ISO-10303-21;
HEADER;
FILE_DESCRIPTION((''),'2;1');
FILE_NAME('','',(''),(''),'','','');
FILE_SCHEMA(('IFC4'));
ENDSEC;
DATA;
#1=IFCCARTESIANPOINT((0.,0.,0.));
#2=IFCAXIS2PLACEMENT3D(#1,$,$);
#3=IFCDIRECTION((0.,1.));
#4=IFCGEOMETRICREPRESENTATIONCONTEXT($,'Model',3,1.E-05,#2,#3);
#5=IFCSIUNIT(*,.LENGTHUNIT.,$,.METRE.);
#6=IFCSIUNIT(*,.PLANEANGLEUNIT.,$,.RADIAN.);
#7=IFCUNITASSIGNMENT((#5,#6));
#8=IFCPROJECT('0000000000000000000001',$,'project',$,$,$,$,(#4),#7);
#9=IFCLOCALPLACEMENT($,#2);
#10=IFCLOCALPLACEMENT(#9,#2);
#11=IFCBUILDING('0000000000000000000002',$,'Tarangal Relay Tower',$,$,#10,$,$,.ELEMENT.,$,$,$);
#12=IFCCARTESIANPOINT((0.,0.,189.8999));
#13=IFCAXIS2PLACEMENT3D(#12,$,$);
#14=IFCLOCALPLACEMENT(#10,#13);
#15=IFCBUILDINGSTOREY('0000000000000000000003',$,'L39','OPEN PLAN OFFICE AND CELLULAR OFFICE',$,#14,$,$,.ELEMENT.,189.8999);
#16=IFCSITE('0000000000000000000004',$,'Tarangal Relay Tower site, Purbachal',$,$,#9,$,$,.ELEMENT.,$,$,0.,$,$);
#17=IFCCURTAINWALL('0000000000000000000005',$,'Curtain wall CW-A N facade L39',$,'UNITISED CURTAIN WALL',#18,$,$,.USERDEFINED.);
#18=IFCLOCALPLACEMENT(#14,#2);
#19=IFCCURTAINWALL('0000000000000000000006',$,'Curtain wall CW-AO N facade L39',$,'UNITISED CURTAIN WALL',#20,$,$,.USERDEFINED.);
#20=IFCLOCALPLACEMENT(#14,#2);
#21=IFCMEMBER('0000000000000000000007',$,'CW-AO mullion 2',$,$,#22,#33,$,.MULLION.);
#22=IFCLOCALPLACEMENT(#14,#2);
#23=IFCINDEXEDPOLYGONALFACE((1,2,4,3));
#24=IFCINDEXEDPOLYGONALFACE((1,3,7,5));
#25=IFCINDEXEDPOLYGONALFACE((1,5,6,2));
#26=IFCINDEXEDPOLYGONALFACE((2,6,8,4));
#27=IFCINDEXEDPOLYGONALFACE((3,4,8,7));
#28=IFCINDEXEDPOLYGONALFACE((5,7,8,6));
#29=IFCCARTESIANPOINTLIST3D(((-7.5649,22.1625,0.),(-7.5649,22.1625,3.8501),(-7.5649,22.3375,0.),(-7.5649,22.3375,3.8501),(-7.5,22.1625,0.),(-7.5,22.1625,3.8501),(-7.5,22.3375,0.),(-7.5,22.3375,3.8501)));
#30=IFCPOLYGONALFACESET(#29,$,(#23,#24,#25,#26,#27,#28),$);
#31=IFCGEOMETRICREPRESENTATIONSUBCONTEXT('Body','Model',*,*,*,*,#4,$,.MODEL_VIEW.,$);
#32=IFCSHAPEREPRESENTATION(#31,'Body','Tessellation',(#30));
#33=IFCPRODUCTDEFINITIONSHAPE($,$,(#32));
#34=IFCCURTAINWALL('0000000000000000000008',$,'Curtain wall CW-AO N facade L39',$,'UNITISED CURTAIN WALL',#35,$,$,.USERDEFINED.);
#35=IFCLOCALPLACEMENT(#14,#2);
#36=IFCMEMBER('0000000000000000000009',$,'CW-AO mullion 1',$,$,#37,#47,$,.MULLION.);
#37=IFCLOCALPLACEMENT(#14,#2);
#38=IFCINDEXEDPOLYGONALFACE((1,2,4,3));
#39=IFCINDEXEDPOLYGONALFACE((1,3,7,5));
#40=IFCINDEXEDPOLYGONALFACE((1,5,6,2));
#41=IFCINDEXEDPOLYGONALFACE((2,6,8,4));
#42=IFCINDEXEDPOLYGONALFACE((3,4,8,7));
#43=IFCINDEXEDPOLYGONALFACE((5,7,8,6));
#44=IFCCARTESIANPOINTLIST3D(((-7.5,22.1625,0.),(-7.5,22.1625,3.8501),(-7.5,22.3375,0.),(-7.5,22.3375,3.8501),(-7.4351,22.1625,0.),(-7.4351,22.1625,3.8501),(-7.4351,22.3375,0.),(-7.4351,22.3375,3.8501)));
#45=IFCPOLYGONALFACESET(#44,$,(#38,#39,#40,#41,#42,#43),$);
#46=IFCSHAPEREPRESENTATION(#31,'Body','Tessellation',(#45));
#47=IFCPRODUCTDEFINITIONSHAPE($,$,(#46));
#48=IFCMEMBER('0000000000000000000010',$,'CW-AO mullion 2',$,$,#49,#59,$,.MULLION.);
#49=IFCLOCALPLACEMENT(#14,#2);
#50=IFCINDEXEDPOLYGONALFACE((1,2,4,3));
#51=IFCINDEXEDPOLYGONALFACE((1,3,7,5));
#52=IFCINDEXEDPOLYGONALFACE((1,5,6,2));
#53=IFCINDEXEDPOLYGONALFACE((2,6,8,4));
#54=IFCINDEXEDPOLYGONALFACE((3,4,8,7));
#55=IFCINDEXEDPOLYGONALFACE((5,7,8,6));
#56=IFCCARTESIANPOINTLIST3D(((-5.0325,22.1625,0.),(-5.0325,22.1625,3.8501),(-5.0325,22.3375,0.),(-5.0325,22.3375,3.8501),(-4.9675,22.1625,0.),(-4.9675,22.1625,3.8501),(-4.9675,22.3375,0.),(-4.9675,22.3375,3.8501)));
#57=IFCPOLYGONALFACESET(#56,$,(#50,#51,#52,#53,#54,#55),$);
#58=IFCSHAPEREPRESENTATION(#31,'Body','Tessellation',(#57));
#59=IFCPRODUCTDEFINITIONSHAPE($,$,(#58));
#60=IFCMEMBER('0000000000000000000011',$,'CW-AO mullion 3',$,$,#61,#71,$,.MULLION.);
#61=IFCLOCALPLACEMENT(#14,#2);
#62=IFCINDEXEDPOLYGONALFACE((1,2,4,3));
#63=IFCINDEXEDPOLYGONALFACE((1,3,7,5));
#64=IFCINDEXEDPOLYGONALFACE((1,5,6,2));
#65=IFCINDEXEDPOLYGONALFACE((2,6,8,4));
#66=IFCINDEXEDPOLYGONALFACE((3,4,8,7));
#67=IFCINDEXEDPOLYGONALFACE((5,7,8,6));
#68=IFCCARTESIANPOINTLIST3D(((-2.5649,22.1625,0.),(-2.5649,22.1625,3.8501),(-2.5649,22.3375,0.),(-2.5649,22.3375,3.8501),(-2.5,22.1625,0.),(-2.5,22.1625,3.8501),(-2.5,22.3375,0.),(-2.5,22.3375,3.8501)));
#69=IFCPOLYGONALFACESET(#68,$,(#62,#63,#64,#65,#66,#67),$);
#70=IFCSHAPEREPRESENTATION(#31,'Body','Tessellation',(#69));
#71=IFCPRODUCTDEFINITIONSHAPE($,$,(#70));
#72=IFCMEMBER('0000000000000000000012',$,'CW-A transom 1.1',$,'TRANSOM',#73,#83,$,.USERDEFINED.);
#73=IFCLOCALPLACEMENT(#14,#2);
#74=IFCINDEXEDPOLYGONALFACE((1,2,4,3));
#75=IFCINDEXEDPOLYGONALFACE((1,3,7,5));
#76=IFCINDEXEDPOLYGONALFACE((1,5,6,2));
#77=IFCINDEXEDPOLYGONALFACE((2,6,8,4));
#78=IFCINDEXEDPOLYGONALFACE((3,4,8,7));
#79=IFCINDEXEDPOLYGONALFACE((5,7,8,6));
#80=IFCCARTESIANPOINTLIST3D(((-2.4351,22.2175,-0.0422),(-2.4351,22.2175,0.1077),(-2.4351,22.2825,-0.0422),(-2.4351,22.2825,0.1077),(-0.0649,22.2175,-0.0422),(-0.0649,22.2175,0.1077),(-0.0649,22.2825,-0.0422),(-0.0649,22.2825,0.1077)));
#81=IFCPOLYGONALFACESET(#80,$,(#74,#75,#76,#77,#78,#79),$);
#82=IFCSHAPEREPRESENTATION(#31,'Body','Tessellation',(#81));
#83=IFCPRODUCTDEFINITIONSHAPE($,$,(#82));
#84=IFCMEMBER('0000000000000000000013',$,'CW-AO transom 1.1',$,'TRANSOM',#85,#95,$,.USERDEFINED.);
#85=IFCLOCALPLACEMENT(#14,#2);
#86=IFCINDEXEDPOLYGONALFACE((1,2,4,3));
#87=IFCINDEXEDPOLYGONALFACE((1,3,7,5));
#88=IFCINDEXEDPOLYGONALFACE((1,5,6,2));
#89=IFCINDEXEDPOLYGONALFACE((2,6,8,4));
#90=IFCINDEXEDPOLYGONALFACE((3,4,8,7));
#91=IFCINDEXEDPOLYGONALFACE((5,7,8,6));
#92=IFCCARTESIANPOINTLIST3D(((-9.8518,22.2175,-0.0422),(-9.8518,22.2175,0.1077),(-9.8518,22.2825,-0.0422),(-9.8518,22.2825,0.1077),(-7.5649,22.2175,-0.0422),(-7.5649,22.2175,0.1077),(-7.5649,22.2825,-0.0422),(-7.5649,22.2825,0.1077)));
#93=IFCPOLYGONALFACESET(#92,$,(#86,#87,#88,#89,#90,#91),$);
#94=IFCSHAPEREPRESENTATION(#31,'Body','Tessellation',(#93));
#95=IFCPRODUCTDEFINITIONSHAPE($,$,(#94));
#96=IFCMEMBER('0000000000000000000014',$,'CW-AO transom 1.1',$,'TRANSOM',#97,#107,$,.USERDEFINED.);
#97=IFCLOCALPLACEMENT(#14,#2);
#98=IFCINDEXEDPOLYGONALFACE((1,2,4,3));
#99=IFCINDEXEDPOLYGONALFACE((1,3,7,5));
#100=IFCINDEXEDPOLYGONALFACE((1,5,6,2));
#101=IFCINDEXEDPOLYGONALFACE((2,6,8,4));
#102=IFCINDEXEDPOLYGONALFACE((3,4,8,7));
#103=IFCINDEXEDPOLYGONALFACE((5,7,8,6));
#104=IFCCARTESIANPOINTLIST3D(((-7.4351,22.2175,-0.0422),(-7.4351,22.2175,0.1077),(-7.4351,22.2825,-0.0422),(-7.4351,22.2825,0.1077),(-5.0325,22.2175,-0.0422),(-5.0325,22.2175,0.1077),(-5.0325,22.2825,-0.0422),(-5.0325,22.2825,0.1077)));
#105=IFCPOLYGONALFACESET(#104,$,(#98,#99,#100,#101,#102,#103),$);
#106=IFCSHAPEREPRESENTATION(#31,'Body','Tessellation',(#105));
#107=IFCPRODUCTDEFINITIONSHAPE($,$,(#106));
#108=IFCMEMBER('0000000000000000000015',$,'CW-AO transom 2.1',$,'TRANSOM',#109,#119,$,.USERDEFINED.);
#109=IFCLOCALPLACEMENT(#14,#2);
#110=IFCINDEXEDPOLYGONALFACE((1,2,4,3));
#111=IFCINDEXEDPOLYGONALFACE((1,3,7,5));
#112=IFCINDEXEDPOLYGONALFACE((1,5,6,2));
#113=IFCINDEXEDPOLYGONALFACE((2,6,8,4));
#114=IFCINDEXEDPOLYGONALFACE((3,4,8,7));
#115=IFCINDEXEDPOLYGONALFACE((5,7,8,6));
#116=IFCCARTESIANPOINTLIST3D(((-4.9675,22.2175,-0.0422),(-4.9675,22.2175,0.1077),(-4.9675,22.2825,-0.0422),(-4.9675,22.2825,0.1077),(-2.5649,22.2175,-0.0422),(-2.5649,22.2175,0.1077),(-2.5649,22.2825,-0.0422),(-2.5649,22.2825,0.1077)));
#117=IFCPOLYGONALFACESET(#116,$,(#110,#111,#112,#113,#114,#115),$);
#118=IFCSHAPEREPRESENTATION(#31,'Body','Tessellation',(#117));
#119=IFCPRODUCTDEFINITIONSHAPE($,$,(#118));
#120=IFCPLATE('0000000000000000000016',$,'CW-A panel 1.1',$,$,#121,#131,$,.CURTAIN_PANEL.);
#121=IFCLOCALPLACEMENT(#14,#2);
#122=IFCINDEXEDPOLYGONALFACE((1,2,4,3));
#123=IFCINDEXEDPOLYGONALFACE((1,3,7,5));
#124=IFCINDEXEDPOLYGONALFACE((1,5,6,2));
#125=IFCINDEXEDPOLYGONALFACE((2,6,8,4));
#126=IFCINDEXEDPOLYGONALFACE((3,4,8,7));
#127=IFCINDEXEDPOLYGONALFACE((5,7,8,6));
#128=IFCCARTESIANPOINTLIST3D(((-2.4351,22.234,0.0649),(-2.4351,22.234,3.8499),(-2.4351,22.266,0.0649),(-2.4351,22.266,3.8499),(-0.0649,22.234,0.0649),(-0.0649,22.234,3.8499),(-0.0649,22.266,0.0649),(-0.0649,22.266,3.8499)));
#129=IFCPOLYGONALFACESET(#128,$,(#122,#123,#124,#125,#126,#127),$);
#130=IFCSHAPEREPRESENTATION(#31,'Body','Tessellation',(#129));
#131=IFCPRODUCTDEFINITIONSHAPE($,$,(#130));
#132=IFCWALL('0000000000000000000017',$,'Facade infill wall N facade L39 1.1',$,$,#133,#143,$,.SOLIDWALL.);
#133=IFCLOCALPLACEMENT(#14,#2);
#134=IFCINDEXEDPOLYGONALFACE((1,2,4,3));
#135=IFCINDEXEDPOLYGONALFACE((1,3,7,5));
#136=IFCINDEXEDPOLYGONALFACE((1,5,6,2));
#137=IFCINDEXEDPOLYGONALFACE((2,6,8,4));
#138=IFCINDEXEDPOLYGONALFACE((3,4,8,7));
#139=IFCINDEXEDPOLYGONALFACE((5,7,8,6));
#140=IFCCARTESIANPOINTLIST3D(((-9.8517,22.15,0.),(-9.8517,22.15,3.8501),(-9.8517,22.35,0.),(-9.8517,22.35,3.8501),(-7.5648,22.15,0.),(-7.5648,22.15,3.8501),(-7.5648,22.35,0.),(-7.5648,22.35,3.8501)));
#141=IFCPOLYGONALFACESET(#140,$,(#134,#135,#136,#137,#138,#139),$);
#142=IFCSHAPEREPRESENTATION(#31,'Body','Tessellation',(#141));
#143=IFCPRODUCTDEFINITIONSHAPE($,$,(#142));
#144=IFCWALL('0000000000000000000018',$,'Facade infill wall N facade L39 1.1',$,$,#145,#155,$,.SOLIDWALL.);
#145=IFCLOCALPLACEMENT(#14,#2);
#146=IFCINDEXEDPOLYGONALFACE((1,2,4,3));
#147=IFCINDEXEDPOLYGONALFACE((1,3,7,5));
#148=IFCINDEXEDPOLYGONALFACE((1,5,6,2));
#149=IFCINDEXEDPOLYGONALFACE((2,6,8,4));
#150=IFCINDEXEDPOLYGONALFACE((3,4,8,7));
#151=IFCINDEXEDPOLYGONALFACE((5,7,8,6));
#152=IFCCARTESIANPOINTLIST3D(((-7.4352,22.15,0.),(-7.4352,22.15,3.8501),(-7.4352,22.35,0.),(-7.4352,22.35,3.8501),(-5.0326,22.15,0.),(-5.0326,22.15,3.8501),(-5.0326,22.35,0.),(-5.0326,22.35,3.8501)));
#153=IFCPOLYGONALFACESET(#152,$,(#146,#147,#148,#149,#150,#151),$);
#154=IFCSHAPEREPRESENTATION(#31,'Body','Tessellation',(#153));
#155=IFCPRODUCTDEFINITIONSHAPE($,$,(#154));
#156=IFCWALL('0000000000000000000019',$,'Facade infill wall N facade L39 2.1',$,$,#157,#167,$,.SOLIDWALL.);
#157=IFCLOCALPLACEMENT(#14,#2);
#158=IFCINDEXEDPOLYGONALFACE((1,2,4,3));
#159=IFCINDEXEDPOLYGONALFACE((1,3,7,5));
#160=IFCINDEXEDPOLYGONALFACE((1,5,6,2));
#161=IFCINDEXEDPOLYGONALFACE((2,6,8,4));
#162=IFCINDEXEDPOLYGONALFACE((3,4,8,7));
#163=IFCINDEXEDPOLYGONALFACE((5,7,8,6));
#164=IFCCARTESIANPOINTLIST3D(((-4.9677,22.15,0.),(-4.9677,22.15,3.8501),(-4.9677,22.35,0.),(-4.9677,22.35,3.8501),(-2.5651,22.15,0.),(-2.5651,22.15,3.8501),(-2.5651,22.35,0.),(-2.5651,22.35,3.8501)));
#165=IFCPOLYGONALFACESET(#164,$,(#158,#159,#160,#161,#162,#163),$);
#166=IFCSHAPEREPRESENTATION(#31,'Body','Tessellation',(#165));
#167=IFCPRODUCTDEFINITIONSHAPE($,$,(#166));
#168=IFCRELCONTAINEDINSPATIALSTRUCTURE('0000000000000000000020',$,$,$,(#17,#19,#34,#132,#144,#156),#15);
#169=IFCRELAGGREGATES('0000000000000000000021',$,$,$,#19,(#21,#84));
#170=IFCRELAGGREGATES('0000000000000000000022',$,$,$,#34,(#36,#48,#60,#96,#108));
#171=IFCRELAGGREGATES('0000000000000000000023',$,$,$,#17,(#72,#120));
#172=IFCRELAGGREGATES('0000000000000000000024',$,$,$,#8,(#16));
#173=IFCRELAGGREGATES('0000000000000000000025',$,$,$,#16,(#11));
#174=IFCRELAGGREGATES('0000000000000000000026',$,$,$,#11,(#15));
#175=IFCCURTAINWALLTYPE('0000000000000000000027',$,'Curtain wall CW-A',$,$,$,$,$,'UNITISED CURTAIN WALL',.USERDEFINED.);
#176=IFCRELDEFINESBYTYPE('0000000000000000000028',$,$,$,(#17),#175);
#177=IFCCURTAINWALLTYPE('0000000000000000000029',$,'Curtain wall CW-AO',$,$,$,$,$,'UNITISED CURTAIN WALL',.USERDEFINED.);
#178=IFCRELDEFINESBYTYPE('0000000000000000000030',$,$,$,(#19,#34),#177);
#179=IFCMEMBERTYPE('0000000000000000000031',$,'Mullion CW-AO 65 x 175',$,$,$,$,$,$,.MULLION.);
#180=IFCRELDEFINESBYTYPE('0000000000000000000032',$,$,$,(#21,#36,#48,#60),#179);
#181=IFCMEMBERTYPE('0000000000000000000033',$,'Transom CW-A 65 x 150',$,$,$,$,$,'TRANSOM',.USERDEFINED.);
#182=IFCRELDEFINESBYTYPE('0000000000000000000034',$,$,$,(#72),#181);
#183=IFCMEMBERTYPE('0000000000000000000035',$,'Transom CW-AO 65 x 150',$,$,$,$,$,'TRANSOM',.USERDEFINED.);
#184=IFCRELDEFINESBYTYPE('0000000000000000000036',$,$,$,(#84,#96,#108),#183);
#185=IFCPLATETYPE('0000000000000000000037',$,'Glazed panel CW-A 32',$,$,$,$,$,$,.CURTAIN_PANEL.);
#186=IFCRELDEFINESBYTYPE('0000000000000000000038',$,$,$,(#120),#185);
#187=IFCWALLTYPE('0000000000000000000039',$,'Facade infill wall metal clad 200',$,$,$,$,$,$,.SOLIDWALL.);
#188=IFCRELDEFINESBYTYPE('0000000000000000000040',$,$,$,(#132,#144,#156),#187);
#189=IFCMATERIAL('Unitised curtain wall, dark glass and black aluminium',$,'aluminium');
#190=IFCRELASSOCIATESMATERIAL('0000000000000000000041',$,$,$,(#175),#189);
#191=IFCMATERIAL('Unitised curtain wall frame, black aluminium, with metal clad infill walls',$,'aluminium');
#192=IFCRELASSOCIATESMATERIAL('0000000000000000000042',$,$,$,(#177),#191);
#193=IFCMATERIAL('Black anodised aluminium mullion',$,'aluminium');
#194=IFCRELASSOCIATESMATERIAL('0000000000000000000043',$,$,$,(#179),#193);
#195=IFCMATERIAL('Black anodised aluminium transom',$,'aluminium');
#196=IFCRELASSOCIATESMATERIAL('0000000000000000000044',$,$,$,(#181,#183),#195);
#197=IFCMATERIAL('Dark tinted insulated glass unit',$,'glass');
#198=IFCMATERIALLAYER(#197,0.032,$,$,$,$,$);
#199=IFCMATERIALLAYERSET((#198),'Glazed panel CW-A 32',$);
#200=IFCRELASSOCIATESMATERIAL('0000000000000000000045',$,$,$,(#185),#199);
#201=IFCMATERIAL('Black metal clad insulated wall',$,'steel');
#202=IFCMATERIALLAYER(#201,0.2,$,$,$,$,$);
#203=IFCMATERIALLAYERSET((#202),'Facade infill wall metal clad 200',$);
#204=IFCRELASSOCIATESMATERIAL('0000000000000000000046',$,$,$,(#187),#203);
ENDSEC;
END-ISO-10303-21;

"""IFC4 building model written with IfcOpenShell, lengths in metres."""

from ifc_helpers import new_model, si_unit, direction, frame, frame_2d, origin, origin_2d, place, context, subcontext, project, spatial, rectangle, extrude, material, layer, layer_set, material_profile, profile_set, type_object, element, aggregate, save


model = new_model("IFC4")

# Units and contexts
model_context = context("Model", 3, precision=1e-05, world=origin(), true_north=direction((0.0, 1.0)))
body_context = subcontext(model_context, "Body", "Model", "MODEL_VIEW")
ifc_project = project(units=[si_unit("LENGTHUNIT", "METRE"), si_unit("PLANEANGLEUNIT", "RADIAN")], contexts=[model_context])

# Site, building, storey
site_placement = place(None, origin())
site = spatial("IfcSite", under=ifc_project, at=site_placement, Name="Tarangal Relay Tower site, Purbachal", CompositionType="ELEMENT", RefElevation=0.0)
building_placement = place(site_placement, origin())
building = spatial("IfcBuilding", under=site, at=building_placement, Name="Tarangal Relay Tower", CompositionType="ELEMENT")
storey_placement = place(building_placement, frame((0.0, 0.0, 189.8999)))
storey = spatial("IfcBuildingStorey", under=building, at=storey_placement, Name="L39", Description="OPEN PLAN OFFICE AND CELLULAR OFFICE", CompositionType="ELEMENT", Elevation=189.8999)

# Shared definitions
ifc_material_1 = material(Name="Unitised curtain wall, dark glass and black aluminium", Category="aluminium")
curtain_wall_type_1 = type_object("IfcCurtainWallType", Name="Curtain wall CW-A", ElementType="UNITISED CURTAIN WALL", PredefinedType="USERDEFINED", material=ifc_material_1)
ifc_material_2 = material(Name="Black anodised aluminium mullion", Category="aluminium")

# Curtain walls, members
curtain_wall_1_placement = place(storey_placement, origin())
curtain_wall_1 = element("IfcCurtainWall", 1, at=curtain_wall_1_placement, inside=storey, type_object=curtain_wall_type_1, Name="Curtain wall CW-A N facade L39", ObjectType="UNITISED CURTAIN WALL", PredefinedType="USERDEFINED")
ifc_material_3 = material(Name="Unitised curtain wall frame, black aluminium, with metal clad infill walls", Category="aluminium")
curtain_wall_type_2 = type_object("IfcCurtainWallType", Name="Curtain wall CW-AO", ElementType="UNITISED CURTAIN WALL", PredefinedType="USERDEFINED", material=ifc_material_3)
curtain_wall_2_placement = place(storey_placement, origin())
curtain_wall_2 = element("IfcCurtainWall", 2, at=curtain_wall_2_placement, inside=storey, type_object=curtain_wall_type_2, Name="Curtain wall CW-AO N facade L39", ObjectType="UNITISED CURTAIN WALL", PredefinedType="USERDEFINED")
ifc_material_profile_1 = material_profile(ifc_material_2, rectangle(XDim=0.175, YDim=0.0649, at=origin_2d()), Name="CW-AOM 65X175")
ifc_profile_set_1 = profile_set([ifc_material_profile_1], Name="Black anodised aluminium mullion")
member_type_1 = type_object("IfcMemberType", Name="Mullion CW-AO 65 x 175", PredefinedType="MULLION", material=ifc_profile_set_1)
member_1_placement = place(storey_placement, frame((-7.5325, 22.25, 0.0), z_axis=(0.0, 0.0, 1.0), x_axis=(0.0, 1.0, 0.0)))
member_1 = element("IfcMember", 3, at=member_1_placement, type_object=member_type_1, Name="CW-AO mullion 2", PredefinedType="MULLION", context=body_context, shape_type="SweptSolid", body=[
    extrude(rectangle(XDim=0.175, YDim=0.0649, at=origin_2d()), origin(), (0.0, 0.0, 1.0), 3.8501),
])
curtain_wall_3_placement = place(storey_placement, origin())
curtain_wall_3 = element("IfcCurtainWall", 4, at=curtain_wall_3_placement, inside=storey, type_object=curtain_wall_type_2, Name="Curtain wall CW-AO N facade L39", ObjectType="UNITISED CURTAIN WALL", PredefinedType="USERDEFINED")
member_2_placement = place(storey_placement, frame((-7.4675, 22.25, 0.0), z_axis=(0.0, 0.0, 1.0), x_axis=(0.0, 1.0, 0.0)))
member_2 = element("IfcMember", 5, at=member_2_placement, type_object=member_type_1, Name="CW-AO mullion 1", PredefinedType="MULLION", context=body_context, shape_type="SweptSolid", body=[
    extrude(rectangle(XDim=0.175, YDim=0.0649, at=origin_2d()), origin(), (0.0, 0.0, 1.0), 3.8501),
])
member_3_placement = place(storey_placement, frame((-5.0, 22.25, 0.0), z_axis=(0.0, 0.0, 1.0), x_axis=(0.0, 1.0, 0.0)))
member_3 = element("IfcMember", 6, at=member_3_placement, type_object=member_type_1, Name="CW-AO mullion 2", PredefinedType="MULLION", context=body_context, shape_type="SweptSolid", body=[
    extrude(rectangle(XDim=0.175, YDim=0.0649, at=origin_2d()), origin(), (0.0, 0.0, 1.0), 3.8501),
])
member_4_placement = place(storey_placement, frame((-2.5325, 22.25, 0.0), z_axis=(0.0, 0.0, 1.0), x_axis=(0.0, 1.0, 0.0)))
member_4 = element("IfcMember", 7, at=member_4_placement, type_object=member_type_1, Name="CW-AO mullion 3", PredefinedType="MULLION", context=body_context, shape_type="SweptSolid", body=[
    extrude(rectangle(XDim=0.175, YDim=0.0649, at=origin_2d()), origin(), (0.0, 0.0, 1.0), 3.8501),
])

# Members
ifc_material_4 = material(Name="Black anodised aluminium transom", Category="aluminium")
ifc_material_profile_2 = material_profile(ifc_material_4, rectangle(XDim=0.0649, YDim=0.1499, at=origin_2d()), Name="CW-AT 65X150")
ifc_profile_set_2 = profile_set([ifc_material_profile_2], Name="Black anodised aluminium transom")
member_type_2 = type_object("IfcMemberType", Name="Transom CW-A 65 x 150", ElementType="TRANSOM", PredefinedType="USERDEFINED", material=ifc_profile_set_2)
member_5_placement = place(storey_placement, frame((-2.4351, 22.25, 0.0327), z_axis=(1.0, 0.0, 0.0), x_axis=(0.0, 1.0, 0.0)))
member_5 = element("IfcMember", 8, at=member_5_placement, type_object=member_type_2, Name="CW-A transom 1.1", ObjectType="TRANSOM", PredefinedType="USERDEFINED", context=body_context, shape_type="SweptSolid", body=[
    extrude(rectangle(XDim=0.0649, YDim=0.1499, at=origin_2d()), origin(), (0.0, 0.0, 1.0), 2.3701),
])
ifc_material_profile_3 = material_profile(ifc_material_4, rectangle(XDim=0.0649, YDim=0.1499, at=origin_2d()), Name="CW-AOT 65X150")
ifc_profile_set_3 = profile_set([ifc_material_profile_3], Name="Black anodised aluminium transom")
member_type_3 = type_object("IfcMemberType", Name="Transom CW-AO 65 x 150", ElementType="TRANSOM", PredefinedType="USERDEFINED", material=ifc_profile_set_3)
member_6_placement = place(storey_placement, frame((-9.8518, 22.25, 0.0327), z_axis=(1.0, 0.0, 0.0), x_axis=(0.0, 1.0, 0.0)))
member_6 = element("IfcMember", 9, at=member_6_placement, type_object=member_type_3, Name="CW-AO transom 1.1", ObjectType="TRANSOM", PredefinedType="USERDEFINED", context=body_context, shape_type="SweptSolid", body=[
    extrude(rectangle(XDim=0.0649, YDim=0.1499, at=origin_2d()), origin(), (0.0, 0.0, 1.0), 2.2869),
])
aggregate(curtain_wall_2, [member_1, member_6])
member_7_placement = place(storey_placement, frame((-7.4351, 22.25, 0.0327), z_axis=(1.0, 0.0, 0.0), x_axis=(0.0, 1.0, 0.0)))
member_7 = element("IfcMember", 10, at=member_7_placement, type_object=member_type_3, Name="CW-AO transom 1.1", ObjectType="TRANSOM", PredefinedType="USERDEFINED", context=body_context, shape_type="SweptSolid", body=[
    extrude(rectangle(XDim=0.0649, YDim=0.1499, at=origin_2d()), origin(), (0.0, 0.0, 1.0), 2.4026),
])
member_8_placement = place(storey_placement, frame((-4.9675, 22.25, 0.0327), z_axis=(1.0, 0.0, 0.0), x_axis=(0.0, 1.0, 0.0)))
member_8 = element("IfcMember", 11, at=member_8_placement, type_object=member_type_3, Name="CW-AO transom 2.1", ObjectType="TRANSOM", PredefinedType="USERDEFINED", context=body_context, shape_type="SweptSolid", body=[
    extrude(rectangle(XDim=0.0649, YDim=0.1499, at=origin_2d()), origin(), (0.0, 0.0, 1.0), 2.4026),
])
aggregate(curtain_wall_3, [member_2, member_3, member_4, member_7, member_8])

# Plate
ifc_material_5 = material(Name="Dark tinted insulated glass unit", Category="glass")
ifc_layer_1 = layer(ifc_material_5, 0.032)
ifc_layer_set_1 = layer_set([ifc_layer_1], Name="Glazed panel CW-A 32")
plate_type = type_object("IfcPlateType", Name="Glazed panel CW-A 32", PredefinedType="CURTAIN_PANEL", material=ifc_layer_set_1)
plate_placement = place(storey_placement, frame((-1.25, 22.25, 0.0649), z_axis=(0.0, 0.0, 1.0), x_axis=(1.0, 0.0, 0.0)))
plate = element("IfcPlate", 12, at=plate_placement, type_object=plate_type, Name="CW-A panel 1.1", PredefinedType="CURTAIN_PANEL", context=body_context, shape_type="SweptSolid", body=[
    extrude(rectangle(XDim=2.3701, YDim=0.032, at=origin_2d()), origin(), (0.0, 0.0, 1.0), 3.7849),
])
aggregate(curtain_wall_1, [member_5, plate])

# Walls
ifc_material_6 = material(Name="Black metal clad insulated wall", Category="steel")
ifc_layer_2 = layer(ifc_material_6, 0.2)
ifc_layer_set_2 = layer_set([ifc_layer_2], Name="Facade infill wall metal clad 200")
wall_type_1 = type_object("IfcWallType", Name="Facade infill wall metal clad 200", PredefinedType="SOLIDWALL", material=ifc_layer_set_2)
wall_1_placement = place(storey_placement, frame((-9.8518, 22.25, 0.0), z_axis=(0.0, 0.0, 1.0), x_axis=(1.0, 0.0, 0.0)))
element("IfcWall", 13, at=wall_1_placement, inside=storey, type_object=wall_type_1, Name="Facade infill wall N facade L39 1.1", PredefinedType="SOLIDWALL", context=body_context, shape_type="SweptSolid", body=[
    extrude(rectangle(XDim=2.2869, YDim=0.2, at=frame_2d((1.1436, 0.0))), origin(), (0.0, 0.0, 1.0), 3.8501),
])
for number, where, z_axis, x_axis, name in (
    (14, (-7.4351, 22.25, 0.0), (0.0, 0.0, 1.0), (1.0, 0.0, 0.0), "Facade infill wall N facade L39 1.1"),
    (15, (-4.9675, 22.25, 0.0), (0.0, 0.0, 1.0), (1.0, 0.0, 0.0), "Facade infill wall N facade L39 2.1"),
):
    element("IfcWall", number, at=place(storey_placement, frame(where, z_axis=z_axis, x_axis=x_axis)), inside=storey, type_object=wall_type_1, Name=name, PredefinedType="SOLIDWALL", context=body_context, shape_type="SweptSolid", body=[
        extrude(rectangle(XDim=2.4026, YDim=0.2, at=frame_2d((1.2012, 0.0))), origin(), (0.0, 0.0, 1.0), 3.8501),
    ])

save(model, "model.ifc")
